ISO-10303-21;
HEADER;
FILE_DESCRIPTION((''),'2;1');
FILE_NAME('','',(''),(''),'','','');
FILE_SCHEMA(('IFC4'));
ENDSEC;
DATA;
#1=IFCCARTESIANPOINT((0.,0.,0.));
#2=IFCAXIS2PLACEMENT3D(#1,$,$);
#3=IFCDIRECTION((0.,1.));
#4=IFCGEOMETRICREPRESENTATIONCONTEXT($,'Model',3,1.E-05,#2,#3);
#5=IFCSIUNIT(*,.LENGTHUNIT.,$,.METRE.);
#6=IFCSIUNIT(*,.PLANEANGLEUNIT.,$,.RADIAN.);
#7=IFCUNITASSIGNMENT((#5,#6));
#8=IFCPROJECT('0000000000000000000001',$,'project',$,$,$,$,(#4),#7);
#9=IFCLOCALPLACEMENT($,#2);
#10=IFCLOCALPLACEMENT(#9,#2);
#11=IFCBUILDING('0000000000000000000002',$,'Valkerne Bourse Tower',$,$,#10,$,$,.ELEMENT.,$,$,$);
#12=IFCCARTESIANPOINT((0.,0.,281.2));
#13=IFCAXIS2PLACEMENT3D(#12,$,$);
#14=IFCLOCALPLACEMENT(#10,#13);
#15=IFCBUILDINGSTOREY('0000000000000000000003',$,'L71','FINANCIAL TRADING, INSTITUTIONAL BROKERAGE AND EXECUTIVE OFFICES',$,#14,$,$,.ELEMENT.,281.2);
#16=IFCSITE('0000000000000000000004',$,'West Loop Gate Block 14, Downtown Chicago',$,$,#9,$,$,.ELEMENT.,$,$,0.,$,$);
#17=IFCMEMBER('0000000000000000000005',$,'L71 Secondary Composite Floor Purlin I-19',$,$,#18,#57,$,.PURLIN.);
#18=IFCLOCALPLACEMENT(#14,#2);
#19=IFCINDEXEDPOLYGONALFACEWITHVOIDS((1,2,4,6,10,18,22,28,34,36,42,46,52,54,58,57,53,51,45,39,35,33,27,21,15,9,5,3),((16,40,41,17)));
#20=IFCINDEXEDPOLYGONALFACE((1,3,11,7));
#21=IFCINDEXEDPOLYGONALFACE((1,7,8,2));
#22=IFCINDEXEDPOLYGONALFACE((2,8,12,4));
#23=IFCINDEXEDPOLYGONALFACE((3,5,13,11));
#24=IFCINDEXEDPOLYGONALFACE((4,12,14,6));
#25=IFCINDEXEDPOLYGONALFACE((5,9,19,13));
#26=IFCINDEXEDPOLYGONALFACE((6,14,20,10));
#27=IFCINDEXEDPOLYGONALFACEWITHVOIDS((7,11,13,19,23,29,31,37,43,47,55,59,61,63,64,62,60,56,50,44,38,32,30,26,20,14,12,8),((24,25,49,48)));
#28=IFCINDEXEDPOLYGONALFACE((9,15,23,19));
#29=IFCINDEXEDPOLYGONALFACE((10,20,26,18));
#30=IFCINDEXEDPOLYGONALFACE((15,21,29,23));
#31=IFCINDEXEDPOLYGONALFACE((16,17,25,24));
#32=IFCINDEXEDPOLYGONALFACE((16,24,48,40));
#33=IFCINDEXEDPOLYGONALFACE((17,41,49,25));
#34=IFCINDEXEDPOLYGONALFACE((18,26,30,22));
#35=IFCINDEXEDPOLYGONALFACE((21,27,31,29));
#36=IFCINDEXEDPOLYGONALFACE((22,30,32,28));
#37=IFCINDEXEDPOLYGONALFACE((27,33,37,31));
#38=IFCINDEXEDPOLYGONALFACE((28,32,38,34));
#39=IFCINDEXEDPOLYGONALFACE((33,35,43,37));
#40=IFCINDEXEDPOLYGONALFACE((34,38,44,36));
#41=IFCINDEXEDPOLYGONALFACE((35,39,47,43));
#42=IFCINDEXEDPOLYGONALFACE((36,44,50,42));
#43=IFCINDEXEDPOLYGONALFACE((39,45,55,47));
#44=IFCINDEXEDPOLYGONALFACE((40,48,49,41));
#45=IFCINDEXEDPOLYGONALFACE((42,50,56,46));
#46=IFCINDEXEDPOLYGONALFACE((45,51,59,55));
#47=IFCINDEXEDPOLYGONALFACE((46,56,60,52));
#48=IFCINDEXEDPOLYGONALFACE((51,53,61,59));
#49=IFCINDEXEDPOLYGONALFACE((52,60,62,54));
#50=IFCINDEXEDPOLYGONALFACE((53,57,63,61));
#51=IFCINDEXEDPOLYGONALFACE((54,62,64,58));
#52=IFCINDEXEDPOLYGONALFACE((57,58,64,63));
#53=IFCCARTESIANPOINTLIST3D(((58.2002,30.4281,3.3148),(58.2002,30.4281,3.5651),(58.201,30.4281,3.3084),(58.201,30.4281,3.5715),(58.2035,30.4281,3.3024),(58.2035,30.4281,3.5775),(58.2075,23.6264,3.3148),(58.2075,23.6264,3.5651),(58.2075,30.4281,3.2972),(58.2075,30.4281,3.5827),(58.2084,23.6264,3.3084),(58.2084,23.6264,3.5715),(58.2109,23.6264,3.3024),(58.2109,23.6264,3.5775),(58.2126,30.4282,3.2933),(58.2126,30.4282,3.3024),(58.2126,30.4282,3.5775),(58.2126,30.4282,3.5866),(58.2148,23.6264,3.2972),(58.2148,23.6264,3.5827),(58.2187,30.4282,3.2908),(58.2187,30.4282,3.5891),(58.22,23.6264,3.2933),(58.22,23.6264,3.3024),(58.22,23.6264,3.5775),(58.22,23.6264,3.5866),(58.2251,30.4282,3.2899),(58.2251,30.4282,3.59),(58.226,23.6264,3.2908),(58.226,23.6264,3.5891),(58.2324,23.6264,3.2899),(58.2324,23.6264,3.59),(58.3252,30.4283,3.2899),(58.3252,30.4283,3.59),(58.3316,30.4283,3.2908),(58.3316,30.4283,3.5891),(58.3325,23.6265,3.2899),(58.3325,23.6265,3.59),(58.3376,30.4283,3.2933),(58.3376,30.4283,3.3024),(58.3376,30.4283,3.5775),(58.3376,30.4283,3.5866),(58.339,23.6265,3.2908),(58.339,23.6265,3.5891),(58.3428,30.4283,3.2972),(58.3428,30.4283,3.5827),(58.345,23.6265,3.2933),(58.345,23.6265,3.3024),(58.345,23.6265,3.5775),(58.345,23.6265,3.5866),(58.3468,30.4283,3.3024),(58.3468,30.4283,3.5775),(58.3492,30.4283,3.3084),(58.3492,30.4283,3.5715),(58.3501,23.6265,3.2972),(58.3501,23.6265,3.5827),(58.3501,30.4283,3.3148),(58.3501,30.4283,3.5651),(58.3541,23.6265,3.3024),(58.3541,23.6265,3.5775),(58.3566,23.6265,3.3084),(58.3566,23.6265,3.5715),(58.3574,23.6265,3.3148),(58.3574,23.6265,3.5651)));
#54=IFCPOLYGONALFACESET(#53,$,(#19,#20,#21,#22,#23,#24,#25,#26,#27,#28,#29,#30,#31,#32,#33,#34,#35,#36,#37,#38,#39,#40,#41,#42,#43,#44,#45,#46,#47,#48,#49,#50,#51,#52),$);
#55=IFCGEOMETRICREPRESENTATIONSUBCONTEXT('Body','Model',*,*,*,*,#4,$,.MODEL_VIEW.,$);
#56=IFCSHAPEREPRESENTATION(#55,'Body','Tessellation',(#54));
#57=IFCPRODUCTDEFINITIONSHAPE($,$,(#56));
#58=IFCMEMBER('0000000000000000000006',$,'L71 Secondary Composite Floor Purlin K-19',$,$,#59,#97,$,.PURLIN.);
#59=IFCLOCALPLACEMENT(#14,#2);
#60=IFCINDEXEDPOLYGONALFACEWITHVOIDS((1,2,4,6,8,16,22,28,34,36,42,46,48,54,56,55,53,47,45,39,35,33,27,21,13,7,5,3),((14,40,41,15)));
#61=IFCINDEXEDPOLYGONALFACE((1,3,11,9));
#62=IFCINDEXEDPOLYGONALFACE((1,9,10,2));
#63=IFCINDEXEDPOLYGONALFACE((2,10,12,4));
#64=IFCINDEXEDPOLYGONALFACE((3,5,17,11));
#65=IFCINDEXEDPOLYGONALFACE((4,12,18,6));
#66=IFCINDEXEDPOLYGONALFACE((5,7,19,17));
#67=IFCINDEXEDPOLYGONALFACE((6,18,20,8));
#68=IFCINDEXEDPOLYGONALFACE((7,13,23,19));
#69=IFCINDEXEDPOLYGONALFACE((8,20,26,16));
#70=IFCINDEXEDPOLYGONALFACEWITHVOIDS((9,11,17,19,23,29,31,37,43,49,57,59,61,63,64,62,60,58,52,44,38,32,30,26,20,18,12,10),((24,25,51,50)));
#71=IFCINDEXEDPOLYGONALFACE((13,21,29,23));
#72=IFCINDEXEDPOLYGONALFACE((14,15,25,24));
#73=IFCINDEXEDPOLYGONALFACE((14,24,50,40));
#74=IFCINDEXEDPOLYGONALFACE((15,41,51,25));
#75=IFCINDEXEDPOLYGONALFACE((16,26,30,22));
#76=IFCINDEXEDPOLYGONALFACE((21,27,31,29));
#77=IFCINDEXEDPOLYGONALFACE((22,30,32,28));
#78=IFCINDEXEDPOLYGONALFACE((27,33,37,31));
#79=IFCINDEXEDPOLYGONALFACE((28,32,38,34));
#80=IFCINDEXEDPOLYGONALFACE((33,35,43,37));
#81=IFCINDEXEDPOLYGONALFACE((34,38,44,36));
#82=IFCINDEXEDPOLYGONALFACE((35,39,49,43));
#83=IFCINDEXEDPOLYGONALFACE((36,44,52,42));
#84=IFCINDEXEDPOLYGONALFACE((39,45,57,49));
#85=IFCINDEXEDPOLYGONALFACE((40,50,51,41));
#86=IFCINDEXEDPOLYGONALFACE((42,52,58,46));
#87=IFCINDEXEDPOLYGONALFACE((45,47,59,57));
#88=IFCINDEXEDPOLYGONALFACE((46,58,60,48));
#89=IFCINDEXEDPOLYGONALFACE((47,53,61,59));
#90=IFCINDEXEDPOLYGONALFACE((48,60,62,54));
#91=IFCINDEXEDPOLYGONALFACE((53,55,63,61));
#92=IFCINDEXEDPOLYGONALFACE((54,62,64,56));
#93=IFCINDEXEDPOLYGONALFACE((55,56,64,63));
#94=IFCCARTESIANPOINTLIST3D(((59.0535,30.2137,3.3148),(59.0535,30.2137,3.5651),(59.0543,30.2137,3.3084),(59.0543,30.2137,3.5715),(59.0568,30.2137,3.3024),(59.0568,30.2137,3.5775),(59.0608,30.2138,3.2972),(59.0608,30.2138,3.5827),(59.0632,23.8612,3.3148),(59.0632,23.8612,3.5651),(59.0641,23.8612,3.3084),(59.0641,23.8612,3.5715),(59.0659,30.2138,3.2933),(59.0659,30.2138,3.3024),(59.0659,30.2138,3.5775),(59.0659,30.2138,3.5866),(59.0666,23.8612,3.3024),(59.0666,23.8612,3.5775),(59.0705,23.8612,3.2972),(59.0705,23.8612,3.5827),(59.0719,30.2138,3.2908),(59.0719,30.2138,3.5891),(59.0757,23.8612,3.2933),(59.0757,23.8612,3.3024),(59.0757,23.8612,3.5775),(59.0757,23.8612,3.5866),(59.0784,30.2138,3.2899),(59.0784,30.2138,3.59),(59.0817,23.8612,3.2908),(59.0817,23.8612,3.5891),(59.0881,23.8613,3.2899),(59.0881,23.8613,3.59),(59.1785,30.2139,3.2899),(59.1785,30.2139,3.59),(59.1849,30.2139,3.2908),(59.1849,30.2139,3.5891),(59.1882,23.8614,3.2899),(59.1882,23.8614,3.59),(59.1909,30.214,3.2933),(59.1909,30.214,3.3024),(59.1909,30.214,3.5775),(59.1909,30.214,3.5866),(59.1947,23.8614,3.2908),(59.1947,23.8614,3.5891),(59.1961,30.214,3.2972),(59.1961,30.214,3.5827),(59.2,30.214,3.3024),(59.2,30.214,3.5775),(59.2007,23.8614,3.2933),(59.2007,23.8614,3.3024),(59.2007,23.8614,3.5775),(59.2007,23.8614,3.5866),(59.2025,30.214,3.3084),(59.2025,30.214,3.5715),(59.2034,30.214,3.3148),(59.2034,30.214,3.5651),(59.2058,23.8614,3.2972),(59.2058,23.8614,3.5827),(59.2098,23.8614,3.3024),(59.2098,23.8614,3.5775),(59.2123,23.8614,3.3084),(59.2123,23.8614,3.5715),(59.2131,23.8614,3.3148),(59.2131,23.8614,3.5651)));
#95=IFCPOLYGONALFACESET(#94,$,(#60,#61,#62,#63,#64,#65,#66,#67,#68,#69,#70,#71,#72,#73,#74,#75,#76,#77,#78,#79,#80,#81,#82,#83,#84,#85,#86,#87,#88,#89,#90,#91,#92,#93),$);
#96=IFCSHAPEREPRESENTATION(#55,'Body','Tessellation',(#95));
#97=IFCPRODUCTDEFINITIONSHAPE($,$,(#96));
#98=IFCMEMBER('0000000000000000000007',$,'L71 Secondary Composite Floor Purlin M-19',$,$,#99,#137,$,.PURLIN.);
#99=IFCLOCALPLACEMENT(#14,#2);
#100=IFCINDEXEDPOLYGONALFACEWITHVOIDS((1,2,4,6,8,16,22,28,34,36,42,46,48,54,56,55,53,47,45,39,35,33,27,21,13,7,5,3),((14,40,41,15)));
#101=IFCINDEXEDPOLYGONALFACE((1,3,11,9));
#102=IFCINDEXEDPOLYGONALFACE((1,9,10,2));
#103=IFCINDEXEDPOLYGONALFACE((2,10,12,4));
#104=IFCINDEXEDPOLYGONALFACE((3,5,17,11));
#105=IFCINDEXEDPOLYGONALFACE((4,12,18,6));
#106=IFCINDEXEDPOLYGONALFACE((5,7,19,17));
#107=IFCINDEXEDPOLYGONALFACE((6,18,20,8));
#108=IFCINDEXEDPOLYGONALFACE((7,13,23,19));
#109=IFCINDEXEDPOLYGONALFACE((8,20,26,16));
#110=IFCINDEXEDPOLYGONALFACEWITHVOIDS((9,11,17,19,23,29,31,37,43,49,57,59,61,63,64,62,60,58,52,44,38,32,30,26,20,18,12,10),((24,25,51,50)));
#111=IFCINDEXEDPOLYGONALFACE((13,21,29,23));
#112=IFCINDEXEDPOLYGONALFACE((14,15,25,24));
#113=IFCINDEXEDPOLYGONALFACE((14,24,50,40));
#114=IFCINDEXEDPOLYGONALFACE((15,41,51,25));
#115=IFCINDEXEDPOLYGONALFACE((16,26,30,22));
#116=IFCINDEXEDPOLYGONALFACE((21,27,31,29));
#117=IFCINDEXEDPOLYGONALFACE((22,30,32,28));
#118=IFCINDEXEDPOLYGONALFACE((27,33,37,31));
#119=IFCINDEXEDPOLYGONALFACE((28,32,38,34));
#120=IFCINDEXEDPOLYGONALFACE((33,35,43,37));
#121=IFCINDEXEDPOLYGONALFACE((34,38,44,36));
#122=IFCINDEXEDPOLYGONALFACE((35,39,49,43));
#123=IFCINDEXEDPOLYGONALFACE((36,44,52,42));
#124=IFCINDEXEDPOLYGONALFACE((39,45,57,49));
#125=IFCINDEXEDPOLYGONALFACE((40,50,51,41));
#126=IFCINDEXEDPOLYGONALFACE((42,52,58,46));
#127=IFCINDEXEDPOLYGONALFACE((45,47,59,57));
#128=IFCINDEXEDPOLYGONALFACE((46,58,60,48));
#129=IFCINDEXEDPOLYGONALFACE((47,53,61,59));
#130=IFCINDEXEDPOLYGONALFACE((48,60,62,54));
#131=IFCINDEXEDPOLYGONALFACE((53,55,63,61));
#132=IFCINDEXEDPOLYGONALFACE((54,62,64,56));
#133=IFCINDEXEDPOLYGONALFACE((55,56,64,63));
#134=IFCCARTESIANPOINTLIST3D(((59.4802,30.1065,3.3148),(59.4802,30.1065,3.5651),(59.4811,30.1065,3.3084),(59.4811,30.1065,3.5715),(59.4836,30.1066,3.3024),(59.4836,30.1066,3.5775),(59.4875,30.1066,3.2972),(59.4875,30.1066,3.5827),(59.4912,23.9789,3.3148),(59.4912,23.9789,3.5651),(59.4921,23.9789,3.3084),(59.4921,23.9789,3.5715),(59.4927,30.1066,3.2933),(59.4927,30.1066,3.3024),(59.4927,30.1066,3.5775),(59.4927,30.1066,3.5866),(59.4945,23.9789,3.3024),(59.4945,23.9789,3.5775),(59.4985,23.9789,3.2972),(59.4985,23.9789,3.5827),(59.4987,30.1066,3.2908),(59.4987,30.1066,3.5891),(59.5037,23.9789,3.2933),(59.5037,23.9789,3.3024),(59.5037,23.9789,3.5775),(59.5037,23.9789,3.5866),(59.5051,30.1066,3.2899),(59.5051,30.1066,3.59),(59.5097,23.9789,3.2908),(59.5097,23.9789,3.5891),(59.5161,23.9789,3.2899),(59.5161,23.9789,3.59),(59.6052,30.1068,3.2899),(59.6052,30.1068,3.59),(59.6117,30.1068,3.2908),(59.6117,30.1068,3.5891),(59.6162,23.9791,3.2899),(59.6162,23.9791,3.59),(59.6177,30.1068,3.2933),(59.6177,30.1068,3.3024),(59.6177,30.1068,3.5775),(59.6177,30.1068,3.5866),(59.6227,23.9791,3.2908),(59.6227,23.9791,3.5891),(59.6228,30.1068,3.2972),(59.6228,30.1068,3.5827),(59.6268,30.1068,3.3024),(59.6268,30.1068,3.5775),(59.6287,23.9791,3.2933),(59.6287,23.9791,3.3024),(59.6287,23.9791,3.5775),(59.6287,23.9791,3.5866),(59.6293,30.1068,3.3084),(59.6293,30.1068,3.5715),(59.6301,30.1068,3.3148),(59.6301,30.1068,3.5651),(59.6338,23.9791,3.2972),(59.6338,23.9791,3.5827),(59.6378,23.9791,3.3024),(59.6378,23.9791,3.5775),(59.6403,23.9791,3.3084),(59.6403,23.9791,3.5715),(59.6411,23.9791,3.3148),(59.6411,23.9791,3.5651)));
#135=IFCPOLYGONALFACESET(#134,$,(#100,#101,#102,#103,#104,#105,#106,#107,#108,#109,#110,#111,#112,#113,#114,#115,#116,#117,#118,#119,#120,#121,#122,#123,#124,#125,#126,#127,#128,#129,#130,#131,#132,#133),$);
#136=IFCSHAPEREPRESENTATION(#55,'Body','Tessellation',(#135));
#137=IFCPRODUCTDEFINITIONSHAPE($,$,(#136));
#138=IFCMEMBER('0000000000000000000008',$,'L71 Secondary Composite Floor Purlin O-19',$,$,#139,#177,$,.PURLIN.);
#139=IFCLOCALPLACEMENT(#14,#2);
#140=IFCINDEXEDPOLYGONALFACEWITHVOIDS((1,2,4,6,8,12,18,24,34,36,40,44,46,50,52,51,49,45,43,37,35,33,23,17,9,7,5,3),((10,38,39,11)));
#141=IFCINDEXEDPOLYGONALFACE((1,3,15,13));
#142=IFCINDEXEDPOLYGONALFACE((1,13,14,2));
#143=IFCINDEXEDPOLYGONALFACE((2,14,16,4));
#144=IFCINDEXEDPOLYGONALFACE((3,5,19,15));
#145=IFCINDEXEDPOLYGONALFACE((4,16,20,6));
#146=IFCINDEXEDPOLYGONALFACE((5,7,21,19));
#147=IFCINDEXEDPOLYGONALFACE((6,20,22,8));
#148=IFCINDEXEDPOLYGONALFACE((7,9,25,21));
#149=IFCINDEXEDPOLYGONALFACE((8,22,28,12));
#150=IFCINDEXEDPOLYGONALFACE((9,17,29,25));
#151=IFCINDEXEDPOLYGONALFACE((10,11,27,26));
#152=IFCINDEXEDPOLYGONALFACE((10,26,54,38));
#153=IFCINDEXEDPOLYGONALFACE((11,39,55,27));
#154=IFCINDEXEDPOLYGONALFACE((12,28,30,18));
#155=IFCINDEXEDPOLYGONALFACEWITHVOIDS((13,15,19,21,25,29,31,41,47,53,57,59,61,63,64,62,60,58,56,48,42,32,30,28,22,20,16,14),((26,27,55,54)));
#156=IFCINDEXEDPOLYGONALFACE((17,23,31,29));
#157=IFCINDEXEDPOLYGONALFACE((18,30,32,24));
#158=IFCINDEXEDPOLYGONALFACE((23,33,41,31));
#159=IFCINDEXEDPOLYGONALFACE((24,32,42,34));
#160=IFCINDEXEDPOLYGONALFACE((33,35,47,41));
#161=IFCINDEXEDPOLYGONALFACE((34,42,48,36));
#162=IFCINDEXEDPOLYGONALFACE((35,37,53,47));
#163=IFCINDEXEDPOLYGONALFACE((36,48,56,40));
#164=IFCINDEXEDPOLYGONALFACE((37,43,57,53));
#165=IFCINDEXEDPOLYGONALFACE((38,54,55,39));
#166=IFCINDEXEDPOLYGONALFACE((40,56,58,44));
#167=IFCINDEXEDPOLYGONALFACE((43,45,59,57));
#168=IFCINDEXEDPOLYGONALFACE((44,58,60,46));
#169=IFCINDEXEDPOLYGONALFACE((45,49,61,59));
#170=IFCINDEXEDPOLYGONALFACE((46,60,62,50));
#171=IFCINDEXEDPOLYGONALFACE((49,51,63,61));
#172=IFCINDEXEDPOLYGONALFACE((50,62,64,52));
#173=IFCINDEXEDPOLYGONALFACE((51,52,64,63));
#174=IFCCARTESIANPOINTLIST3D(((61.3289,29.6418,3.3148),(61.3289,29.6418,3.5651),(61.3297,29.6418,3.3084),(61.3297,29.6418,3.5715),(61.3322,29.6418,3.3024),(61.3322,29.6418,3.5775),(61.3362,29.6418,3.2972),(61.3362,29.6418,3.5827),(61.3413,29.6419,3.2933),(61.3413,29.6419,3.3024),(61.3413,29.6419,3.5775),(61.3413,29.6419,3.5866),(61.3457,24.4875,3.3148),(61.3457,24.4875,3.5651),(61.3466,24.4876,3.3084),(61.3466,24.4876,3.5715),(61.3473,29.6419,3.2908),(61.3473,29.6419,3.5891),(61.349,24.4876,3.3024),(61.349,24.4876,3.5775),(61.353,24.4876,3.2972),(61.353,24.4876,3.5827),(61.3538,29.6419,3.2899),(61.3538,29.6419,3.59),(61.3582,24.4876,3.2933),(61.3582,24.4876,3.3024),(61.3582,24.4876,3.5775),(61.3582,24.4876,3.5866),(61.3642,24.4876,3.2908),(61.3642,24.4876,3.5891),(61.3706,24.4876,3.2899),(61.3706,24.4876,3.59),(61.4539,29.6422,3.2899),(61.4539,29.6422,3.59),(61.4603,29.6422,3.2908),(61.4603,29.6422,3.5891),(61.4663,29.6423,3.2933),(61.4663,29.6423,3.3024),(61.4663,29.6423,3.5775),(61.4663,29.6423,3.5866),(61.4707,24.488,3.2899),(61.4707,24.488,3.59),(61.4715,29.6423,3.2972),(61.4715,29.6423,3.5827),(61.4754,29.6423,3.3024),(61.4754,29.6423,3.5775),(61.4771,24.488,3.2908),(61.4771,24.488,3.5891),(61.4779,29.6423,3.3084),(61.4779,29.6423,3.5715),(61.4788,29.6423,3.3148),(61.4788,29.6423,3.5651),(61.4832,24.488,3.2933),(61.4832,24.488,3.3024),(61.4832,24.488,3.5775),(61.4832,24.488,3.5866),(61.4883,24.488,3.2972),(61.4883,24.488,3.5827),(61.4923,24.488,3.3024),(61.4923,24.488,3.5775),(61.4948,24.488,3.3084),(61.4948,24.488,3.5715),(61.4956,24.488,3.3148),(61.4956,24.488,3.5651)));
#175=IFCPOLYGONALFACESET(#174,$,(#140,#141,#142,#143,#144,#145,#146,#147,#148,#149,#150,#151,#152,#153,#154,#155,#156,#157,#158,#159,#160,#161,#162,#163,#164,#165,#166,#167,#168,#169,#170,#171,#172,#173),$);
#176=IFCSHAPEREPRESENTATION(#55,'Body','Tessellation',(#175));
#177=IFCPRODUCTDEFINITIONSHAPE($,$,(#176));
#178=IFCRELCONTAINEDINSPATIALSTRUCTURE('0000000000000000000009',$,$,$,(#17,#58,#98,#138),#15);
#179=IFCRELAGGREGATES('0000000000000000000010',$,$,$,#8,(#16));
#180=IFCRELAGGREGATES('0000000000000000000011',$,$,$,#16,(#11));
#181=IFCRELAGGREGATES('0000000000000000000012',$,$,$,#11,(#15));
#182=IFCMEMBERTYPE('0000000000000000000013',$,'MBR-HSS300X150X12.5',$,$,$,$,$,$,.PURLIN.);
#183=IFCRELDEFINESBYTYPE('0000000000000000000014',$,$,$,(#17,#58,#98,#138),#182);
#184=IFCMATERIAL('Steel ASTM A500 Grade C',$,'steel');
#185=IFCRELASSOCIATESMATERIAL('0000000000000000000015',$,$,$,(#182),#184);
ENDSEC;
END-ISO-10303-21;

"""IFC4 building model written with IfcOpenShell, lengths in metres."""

from ifc_helpers import new_model, si_unit, direction, frame, origin, origin_2d, place, context, subcontext, project, spatial, hollow_rectangle, extrude, material, material_profile, profile_set, type_object, element, save


model = new_model("IFC4")

# Units and contexts
model_context = context("Model", 3, precision=1e-05, world=origin(), true_north=direction((0.0, 1.0)))
body_context = subcontext(model_context, "Body", "Model", "MODEL_VIEW")
ifc_project = project(units=[si_unit("LENGTHUNIT", "METRE"), si_unit("PLANEANGLEUNIT", "RADIAN")], contexts=[model_context])

# Site, building, storey
site_placement = place(None, origin())
site = spatial("IfcSite", under=ifc_project, at=site_placement, Name="West Loop Gate Block 14, Downtown Chicago", CompositionType="ELEMENT", RefElevation=0.0)
building_placement = place(site_placement, origin())
building = spatial("IfcBuilding", under=site, at=building_placement, Name="Valkerne Bourse Tower", CompositionType="ELEMENT")
storey_placement = place(building_placement, frame((0.0, 0.0, 281.2)))
storey = spatial("IfcBuildingStorey", under=building, at=storey_placement, Name="L71", Description="FINANCIAL TRADING, INSTITUTIONAL BROKERAGE AND EXECUTIVE OFFICES", CompositionType="ELEMENT", Elevation=281.2)

# Shared definitions
ifc_material_1 = material(Name="Steel ASTM A500 Grade C", Category="steel")

# Members
ifc_material_profile_1 = material_profile(ifc_material_1, hollow_rectangle(XDim=0.1499, YDim=0.3, WallThickness=0.0125, OuterFilletRadius=0.0249, at=origin_2d()), Name="HSS300X150X12.5")
ifc_profile_set_1 = profile_set([ifc_material_profile_1], Name="Steel ASTM A500 Grade C")
member_type_1 = type_object("IfcMemberType", Name="MBR-HSS300X150X12.5", PredefinedType="PURLIN", material=ifc_profile_set_1)
member_1_placement = place(storey_placement, frame((58.2825, 23.6265, 3.4399), z_axis=(-0.001077, 0.999999, 0.0), x_axis=(-0.999999, -0.001077, 0.0)))
element("IfcMember", 1, at=member_1_placement, inside=storey, type_object=member_type_1, Name="L71 Secondary Composite Floor Purlin I-19", PredefinedType="PURLIN", context=body_context, shape_type="SweptSolid", body=[
    extrude(hollow_rectangle(XDim=0.1499, YDim=0.3, WallThickness=0.0125, OuterFilletRadius=0.0249, at=origin_2d()), origin(), (0.0, 0.0, 1.0), 6.8018),
])
member_2_placement = place(storey_placement, frame((59.1382, 23.8613, 3.4399), z_axis=(-0.001537, 0.999999, 0.0), x_axis=(-0.999999, -0.001537, 0.0)))
element("IfcMember", 2, at=member_2_placement, inside=storey, type_object=member_type_1, Name="L71 Secondary Composite Floor Purlin K-19", PredefinedType="PURLIN", context=body_context, shape_type="SweptSolid", body=[
    extrude(hollow_rectangle(XDim=0.1499, YDim=0.3, WallThickness=0.0125, OuterFilletRadius=0.0249, at=origin_2d()), origin(), (0.0, 0.0, 1.0), 6.3525),
])
member_3_placement = place(storey_placement, frame((59.5662, 23.979, 3.4399), z_axis=(-0.001793, 0.999998, 0.0), x_axis=(-0.999998, -0.001793, 0.0)))
element("IfcMember", 3, at=member_3_placement, inside=storey, type_object=member_type_1, Name="L71 Secondary Composite Floor Purlin M-19", PredefinedType="PURLIN", context=body_context, shape_type="SweptSolid", body=[
    extrude(hollow_rectangle(XDim=0.1499, YDim=0.3, WallThickness=0.0125, OuterFilletRadius=0.0249, at=origin_2d()), origin(), (0.0, 0.0, 1.0), 6.1277),
])
member_4_placement = place(storey_placement, frame((61.4207, 24.4878, 3.4399), z_axis=(-0.003268, 0.999995, 0.0), x_axis=(-0.999995, -0.003268, 0.0)))
element("IfcMember", 4, at=member_4_placement, inside=storey, type_object=member_type_1, Name="L71 Secondary Composite Floor Purlin O-19", PredefinedType="PURLIN", context=body_context, shape_type="SweptSolid", body=[
    extrude(hollow_rectangle(XDim=0.1499, YDim=0.3, WallThickness=0.0125, OuterFilletRadius=0.0249, at=origin_2d()), origin(), (0.0, 0.0, 1.0), 5.1543),
])

save(model, "model.ifc")
